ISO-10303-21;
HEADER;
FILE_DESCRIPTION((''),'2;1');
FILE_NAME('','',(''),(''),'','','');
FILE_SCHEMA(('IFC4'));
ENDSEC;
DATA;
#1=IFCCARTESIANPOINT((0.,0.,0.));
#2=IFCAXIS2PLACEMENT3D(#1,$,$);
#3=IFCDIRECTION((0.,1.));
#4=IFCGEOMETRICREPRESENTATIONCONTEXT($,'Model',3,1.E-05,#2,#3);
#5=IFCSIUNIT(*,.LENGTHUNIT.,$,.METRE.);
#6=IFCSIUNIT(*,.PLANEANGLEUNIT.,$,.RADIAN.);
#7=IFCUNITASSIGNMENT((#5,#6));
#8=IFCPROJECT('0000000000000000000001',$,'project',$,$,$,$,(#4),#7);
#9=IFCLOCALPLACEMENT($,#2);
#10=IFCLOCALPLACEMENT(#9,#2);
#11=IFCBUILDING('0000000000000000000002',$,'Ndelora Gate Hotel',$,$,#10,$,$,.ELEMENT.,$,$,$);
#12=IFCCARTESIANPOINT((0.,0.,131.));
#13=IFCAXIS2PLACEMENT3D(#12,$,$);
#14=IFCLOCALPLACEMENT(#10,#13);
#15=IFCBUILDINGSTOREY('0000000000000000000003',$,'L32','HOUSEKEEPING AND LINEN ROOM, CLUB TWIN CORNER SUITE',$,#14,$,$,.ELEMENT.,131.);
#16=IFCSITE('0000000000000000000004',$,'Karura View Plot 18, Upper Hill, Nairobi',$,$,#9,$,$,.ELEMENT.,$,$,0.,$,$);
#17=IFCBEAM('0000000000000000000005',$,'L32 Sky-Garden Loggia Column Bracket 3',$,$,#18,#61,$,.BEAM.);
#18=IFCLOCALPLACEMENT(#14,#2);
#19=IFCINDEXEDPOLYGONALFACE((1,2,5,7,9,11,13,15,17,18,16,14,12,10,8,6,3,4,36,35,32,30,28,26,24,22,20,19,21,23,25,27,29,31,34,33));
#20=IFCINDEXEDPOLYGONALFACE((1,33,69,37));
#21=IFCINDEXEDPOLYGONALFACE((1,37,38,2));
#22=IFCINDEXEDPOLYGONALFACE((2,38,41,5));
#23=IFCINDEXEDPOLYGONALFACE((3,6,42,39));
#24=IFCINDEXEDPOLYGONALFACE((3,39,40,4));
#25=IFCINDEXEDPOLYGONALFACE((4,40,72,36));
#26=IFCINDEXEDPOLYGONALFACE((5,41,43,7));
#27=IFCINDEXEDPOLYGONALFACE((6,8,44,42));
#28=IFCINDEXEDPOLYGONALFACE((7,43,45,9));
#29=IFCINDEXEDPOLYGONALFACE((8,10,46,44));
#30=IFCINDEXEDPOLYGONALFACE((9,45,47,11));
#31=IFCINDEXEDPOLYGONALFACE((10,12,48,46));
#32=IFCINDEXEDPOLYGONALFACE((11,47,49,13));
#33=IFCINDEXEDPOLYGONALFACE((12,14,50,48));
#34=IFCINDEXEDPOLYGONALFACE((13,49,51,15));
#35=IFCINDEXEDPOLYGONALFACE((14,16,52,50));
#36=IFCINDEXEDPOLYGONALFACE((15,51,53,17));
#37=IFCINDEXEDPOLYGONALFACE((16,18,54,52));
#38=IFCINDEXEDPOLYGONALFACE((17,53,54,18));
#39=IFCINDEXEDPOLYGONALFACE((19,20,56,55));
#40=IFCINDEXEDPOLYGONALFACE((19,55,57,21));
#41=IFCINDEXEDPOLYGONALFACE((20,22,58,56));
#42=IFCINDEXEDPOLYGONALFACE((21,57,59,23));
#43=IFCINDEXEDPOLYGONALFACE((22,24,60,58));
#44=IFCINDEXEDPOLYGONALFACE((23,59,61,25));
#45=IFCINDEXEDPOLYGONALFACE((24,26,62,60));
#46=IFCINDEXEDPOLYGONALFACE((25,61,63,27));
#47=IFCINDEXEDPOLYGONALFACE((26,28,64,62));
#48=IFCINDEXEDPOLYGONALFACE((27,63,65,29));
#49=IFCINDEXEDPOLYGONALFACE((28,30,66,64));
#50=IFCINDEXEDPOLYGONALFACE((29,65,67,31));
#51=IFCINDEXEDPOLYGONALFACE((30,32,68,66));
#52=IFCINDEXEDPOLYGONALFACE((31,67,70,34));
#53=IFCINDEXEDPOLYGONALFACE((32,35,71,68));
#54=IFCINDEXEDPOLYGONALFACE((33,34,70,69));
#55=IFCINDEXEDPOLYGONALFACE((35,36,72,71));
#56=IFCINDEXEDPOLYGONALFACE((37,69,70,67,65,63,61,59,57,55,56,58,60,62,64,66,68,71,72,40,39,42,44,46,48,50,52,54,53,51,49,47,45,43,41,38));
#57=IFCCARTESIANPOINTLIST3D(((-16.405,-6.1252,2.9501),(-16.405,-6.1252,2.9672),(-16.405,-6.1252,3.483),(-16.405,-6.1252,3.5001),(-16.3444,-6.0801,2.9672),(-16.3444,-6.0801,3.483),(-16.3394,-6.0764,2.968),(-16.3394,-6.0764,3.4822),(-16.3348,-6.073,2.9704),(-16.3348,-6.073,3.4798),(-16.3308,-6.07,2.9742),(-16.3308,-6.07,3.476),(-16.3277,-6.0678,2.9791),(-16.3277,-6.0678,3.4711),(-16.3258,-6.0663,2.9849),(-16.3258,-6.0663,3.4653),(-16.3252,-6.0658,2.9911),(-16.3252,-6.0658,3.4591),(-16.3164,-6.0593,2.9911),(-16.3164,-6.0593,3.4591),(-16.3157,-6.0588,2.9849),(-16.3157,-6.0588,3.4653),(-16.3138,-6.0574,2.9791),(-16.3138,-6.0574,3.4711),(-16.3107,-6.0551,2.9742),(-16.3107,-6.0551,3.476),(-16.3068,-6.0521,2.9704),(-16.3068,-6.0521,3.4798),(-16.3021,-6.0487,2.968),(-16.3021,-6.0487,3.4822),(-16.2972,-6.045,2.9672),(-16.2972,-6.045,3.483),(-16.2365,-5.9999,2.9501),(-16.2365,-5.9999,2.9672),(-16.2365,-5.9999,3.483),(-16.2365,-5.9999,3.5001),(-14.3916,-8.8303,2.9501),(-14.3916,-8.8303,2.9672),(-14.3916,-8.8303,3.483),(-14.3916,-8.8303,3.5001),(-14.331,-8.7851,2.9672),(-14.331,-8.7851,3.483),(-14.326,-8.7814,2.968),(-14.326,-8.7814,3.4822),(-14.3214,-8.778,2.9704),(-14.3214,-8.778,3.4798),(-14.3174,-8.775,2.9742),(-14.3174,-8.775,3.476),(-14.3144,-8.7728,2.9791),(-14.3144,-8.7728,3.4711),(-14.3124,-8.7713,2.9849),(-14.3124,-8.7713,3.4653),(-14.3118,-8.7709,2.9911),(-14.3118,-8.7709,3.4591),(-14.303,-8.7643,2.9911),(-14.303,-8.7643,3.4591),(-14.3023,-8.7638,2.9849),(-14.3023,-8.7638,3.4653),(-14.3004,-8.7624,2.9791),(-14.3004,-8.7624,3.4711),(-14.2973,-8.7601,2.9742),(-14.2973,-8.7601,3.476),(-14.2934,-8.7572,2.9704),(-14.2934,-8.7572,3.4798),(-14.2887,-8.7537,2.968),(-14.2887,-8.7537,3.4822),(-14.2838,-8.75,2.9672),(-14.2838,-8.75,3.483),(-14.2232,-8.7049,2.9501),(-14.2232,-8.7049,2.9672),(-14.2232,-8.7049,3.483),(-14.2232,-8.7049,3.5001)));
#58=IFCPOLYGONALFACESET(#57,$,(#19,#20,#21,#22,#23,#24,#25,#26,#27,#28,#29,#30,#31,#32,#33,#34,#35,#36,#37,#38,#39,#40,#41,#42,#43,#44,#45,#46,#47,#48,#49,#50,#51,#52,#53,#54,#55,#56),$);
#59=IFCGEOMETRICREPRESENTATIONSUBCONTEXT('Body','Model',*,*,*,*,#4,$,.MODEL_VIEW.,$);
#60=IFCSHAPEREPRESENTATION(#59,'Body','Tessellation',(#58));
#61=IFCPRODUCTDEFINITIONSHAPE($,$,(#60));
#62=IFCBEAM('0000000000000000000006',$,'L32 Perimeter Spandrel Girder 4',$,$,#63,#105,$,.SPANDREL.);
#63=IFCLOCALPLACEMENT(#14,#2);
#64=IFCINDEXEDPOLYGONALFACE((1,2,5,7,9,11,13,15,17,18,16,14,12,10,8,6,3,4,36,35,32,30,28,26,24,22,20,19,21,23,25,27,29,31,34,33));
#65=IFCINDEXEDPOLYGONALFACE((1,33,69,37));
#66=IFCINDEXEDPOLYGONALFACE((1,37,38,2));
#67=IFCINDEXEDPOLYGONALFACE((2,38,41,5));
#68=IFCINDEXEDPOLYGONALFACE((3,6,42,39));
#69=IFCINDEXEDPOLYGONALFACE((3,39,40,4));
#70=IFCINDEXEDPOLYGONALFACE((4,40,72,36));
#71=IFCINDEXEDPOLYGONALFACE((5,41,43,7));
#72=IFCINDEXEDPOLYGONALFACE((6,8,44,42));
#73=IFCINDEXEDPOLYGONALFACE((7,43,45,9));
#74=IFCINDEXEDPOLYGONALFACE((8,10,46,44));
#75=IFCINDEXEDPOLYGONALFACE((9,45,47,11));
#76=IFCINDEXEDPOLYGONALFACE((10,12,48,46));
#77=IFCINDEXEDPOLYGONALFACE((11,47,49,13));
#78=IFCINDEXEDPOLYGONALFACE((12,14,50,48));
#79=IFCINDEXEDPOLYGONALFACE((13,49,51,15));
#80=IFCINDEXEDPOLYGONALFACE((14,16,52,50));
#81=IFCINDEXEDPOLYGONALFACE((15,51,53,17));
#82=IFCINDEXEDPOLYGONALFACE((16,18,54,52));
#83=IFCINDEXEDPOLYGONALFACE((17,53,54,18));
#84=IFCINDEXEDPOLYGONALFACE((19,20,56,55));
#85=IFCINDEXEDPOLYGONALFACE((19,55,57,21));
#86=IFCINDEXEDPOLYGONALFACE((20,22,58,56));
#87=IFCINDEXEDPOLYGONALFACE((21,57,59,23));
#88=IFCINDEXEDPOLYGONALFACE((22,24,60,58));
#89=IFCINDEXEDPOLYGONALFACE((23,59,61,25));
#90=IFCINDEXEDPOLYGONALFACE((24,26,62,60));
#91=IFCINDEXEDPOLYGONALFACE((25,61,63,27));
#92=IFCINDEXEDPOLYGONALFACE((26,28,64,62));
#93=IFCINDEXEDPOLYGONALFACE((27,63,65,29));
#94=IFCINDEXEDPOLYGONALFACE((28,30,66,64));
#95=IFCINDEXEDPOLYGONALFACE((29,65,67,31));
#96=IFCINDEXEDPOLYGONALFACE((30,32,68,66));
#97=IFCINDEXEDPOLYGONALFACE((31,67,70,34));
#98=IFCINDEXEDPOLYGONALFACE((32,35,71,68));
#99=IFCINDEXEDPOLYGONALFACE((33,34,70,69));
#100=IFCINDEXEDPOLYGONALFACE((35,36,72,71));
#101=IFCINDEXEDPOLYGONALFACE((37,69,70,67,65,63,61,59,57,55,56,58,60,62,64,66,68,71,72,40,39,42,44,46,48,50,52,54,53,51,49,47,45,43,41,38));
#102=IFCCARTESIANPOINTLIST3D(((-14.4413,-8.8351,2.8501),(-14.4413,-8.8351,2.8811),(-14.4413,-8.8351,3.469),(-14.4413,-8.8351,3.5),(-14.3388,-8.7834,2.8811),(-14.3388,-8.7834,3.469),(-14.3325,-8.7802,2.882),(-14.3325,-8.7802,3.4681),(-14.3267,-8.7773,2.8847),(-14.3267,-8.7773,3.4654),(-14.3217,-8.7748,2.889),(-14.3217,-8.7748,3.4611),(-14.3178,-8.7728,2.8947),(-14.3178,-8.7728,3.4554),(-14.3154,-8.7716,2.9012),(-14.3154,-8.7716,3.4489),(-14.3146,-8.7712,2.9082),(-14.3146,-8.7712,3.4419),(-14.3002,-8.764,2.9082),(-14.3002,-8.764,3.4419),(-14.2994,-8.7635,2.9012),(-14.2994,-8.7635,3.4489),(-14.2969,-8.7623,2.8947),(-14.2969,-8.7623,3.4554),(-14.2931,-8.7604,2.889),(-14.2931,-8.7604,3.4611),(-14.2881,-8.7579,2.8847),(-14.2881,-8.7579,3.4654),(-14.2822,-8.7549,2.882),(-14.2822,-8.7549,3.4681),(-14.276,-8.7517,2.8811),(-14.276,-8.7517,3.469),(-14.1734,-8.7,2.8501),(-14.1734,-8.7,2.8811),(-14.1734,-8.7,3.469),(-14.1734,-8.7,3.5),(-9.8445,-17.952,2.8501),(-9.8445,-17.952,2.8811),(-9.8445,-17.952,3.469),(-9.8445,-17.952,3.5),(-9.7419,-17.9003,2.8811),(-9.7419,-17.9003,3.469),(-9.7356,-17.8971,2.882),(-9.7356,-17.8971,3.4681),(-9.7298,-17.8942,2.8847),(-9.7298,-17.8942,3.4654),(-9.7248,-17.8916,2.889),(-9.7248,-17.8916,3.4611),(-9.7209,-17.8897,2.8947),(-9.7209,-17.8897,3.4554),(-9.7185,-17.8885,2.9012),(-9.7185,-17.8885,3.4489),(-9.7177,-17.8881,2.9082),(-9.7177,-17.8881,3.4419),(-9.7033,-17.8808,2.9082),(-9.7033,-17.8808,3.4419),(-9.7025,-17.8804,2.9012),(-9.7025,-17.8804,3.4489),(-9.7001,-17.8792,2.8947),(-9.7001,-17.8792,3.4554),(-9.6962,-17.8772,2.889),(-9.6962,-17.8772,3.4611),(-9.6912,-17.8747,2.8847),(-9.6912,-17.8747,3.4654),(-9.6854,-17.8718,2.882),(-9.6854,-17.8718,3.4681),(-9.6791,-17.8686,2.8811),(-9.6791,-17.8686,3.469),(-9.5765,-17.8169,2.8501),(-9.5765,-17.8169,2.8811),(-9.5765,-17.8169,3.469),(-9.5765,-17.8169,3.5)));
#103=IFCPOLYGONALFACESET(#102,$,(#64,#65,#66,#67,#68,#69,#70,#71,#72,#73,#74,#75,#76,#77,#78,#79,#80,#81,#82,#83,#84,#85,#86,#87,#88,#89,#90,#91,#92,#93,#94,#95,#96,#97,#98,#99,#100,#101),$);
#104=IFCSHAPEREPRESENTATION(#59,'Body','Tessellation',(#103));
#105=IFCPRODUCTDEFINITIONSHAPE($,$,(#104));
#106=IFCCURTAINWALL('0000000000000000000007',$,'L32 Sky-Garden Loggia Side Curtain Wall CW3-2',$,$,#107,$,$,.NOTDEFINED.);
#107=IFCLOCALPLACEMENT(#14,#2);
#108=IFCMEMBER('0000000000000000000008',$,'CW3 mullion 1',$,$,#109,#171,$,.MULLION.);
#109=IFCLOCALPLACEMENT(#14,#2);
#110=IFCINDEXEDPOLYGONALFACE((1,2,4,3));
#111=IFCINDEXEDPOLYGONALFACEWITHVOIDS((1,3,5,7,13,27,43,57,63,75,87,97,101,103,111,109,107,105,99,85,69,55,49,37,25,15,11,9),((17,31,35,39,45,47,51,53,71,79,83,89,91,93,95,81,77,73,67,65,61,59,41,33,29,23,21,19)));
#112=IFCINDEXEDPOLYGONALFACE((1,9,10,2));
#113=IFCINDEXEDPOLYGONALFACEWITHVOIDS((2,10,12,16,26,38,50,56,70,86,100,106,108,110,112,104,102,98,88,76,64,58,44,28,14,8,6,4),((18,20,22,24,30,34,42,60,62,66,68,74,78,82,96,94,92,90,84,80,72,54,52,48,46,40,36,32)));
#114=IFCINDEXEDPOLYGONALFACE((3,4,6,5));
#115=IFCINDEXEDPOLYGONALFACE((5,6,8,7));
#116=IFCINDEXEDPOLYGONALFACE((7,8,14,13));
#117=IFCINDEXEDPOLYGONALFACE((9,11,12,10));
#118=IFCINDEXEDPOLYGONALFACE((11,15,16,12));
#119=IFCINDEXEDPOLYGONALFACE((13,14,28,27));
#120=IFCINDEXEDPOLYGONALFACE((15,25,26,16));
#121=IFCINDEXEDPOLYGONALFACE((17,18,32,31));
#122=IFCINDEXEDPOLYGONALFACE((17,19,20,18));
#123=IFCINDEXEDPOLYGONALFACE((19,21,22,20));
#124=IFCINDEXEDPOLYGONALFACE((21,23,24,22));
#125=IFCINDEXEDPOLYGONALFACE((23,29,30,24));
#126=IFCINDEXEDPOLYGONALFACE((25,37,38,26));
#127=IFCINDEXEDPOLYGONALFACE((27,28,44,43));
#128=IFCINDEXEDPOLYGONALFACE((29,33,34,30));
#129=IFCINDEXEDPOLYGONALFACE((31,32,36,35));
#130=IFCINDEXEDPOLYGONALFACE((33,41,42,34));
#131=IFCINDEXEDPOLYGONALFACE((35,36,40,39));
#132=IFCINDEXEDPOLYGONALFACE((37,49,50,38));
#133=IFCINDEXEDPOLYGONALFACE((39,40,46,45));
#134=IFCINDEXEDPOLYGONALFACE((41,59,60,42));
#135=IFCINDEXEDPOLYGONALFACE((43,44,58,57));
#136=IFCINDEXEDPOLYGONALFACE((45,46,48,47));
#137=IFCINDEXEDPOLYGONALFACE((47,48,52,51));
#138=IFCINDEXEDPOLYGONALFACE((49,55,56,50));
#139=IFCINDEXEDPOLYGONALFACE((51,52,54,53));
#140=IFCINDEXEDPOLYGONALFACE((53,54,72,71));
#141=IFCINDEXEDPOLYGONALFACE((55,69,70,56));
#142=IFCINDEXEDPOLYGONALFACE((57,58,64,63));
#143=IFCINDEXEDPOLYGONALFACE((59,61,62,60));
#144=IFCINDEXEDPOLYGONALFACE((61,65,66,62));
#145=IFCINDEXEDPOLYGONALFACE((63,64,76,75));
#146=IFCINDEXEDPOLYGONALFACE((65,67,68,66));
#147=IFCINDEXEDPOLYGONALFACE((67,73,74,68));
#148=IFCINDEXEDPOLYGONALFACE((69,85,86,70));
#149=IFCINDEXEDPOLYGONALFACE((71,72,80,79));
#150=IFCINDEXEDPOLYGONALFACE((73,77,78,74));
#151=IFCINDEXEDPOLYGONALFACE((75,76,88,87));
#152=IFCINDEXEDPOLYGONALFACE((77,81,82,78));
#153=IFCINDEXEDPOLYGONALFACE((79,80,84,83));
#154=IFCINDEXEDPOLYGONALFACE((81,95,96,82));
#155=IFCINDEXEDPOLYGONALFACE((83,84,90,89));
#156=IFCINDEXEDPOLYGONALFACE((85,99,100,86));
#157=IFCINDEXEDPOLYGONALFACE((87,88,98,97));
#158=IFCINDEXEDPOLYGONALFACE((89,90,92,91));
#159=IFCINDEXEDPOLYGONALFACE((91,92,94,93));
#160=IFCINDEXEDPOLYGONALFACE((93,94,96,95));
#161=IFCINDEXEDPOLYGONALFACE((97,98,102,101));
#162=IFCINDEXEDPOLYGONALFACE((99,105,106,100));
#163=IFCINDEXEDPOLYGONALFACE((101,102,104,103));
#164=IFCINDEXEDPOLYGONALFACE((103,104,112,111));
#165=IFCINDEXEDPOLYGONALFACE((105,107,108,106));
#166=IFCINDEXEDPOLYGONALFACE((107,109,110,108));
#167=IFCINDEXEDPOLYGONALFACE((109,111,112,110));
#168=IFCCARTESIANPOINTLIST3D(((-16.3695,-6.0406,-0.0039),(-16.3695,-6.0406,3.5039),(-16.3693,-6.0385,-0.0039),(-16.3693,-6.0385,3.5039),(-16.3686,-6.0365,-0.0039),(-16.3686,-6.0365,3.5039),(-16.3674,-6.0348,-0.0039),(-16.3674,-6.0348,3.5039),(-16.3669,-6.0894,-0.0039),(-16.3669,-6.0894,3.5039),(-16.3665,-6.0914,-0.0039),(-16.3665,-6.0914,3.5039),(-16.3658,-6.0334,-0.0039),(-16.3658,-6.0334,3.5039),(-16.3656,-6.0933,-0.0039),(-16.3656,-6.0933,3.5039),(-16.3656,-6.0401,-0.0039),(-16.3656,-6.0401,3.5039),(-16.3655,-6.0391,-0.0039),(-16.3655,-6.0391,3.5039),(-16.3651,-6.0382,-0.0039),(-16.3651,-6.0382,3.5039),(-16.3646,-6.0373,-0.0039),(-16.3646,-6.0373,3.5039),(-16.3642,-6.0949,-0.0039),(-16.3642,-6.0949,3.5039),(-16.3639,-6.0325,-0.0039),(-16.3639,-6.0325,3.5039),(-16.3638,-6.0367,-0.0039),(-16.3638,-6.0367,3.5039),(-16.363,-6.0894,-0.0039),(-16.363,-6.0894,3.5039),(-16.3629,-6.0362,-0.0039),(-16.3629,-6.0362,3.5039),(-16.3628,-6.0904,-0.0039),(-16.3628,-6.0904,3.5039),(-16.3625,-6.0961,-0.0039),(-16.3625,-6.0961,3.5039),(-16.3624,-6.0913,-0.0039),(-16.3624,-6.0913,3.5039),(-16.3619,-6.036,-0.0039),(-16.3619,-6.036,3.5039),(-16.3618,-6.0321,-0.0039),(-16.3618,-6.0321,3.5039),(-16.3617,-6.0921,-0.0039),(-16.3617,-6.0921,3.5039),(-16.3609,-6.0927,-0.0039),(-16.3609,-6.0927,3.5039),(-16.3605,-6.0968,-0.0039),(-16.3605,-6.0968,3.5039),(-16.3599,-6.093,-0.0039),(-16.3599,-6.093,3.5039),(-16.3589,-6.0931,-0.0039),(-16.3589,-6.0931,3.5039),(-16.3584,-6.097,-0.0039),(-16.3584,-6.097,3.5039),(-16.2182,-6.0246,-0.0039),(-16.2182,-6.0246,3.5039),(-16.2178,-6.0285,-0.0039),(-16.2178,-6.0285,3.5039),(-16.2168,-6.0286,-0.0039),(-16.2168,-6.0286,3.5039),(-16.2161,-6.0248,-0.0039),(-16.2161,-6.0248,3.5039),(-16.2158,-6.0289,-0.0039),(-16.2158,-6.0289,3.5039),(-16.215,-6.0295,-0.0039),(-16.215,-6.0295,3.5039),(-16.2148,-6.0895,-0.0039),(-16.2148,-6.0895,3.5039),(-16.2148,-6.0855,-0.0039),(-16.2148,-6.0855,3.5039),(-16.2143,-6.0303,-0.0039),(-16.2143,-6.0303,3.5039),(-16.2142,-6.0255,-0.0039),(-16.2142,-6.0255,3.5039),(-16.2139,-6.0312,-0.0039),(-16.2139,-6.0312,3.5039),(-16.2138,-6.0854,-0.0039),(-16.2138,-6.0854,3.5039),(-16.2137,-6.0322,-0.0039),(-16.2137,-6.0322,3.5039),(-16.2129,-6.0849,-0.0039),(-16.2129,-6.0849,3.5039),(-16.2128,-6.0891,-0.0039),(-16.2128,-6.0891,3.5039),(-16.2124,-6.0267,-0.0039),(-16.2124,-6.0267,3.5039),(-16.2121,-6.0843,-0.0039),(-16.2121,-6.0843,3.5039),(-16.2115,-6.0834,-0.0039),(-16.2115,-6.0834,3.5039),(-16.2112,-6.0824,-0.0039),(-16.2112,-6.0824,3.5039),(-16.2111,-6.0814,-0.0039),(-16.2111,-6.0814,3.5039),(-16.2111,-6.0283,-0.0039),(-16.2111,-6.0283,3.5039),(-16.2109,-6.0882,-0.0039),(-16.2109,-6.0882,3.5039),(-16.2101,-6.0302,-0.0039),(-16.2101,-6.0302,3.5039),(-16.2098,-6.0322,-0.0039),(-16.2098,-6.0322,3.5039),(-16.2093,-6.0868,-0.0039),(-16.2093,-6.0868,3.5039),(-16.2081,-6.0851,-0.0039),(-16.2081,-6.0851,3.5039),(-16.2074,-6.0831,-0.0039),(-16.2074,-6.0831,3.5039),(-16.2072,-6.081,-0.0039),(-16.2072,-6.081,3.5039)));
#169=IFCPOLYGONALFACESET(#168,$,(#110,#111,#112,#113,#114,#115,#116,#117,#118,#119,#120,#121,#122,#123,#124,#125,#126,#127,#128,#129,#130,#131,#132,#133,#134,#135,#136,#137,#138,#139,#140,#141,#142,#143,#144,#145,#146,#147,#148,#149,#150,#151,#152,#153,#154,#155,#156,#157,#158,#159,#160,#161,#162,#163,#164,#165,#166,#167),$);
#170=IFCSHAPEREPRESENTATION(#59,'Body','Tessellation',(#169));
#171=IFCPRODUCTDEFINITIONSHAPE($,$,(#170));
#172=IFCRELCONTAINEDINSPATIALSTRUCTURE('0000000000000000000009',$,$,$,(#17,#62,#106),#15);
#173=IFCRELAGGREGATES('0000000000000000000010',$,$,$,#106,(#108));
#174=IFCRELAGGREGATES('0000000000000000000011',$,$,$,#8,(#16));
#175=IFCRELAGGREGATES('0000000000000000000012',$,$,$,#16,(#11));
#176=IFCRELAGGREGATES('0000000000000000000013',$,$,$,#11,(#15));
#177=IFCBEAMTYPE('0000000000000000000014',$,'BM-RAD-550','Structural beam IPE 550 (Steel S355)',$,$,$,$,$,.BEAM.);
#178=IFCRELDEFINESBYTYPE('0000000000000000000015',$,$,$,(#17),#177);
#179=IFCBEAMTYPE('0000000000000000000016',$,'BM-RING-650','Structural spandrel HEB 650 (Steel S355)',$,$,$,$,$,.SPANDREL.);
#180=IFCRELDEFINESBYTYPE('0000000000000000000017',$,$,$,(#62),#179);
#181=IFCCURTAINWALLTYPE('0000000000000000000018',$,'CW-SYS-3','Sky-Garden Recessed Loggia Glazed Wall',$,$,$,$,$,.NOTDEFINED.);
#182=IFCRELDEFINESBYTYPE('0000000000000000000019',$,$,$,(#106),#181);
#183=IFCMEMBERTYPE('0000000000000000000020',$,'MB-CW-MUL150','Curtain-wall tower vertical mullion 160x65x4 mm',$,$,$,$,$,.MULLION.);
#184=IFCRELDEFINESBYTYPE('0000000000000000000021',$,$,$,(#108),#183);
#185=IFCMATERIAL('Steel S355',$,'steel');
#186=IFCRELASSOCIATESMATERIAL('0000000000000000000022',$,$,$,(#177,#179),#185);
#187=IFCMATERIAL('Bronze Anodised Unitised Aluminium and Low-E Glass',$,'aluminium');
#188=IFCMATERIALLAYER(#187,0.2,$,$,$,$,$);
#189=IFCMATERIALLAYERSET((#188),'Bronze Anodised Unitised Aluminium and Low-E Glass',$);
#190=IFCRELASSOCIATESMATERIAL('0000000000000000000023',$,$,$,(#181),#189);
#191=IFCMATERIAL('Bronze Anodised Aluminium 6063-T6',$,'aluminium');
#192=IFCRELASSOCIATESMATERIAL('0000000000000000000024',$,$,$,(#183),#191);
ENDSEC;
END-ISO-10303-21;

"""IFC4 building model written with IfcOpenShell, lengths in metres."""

from ifc_helpers import new_model, si_unit, direction, frame, origin, origin_2d, place, context, subcontext, project, spatial, hollow_rectangle, i_section, extrude, material, layer, layer_set, material_profile, profile_set, type_object, element, aggregate, save


model = new_model("IFC4")

# Units and contexts
model_context = context("Model", 3, precision=1e-05, world=origin(), true_north=direction((0.0, 1.0)))
body_context = subcontext(model_context, "Body", "Model", "MODEL_VIEW")
ifc_project = project(units=[si_unit("LENGTHUNIT", "METRE"), si_unit("PLANEANGLEUNIT", "RADIAN")], contexts=[model_context])

# Site, building, storey
site_placement = place(None, origin())
site = spatial("IfcSite", under=ifc_project, at=site_placement, Name="Karura View Plot 18, Upper Hill, Nairobi", CompositionType="ELEMENT", RefElevation=0.0)
building_placement = place(site_placement, origin())
building = spatial("IfcBuilding", under=site, at=building_placement, Name="Ndelora Gate Hotel", CompositionType="ELEMENT")
storey_placement = place(building_placement, frame((0.0, 0.0, 131.0)))
storey = spatial("IfcBuildingStorey", under=building, at=storey_placement, Name="L32", Description="HOUSEKEEPING AND LINEN ROOM, CLUB TWIN CORNER SUITE", CompositionType="ELEMENT", Elevation=131.0)

# Beams
ifc_material_1 = material(Name="Steel S355", Category="steel")
ifc_material_profile_1 = material_profile(ifc_material_1, i_section(OverallWidth=0.21, OverallDepth=0.55, WebThickness=0.011, FlangeThickness=0.0171, FilletRadius=0.0239, at=origin_2d()), Name="IPE 550")
ifc_profile_set_1 = profile_set([ifc_material_profile_1], Name="Steel S355")
beam_type_1 = type_object("IfcBeamType", Name="BM-RAD-550", Description="Structural beam IPE 550 (Steel S355)", PredefinedType="BEAM", material=ifc_profile_set_1)
beam_1_placement = place(storey_placement, frame((-14.3074, -8.7676, 3.2251), z_axis=(-0.597077, 0.802184, 0.0), x_axis=(-0.802184, -0.597077, 0.0)))
element("IfcBeam", 1, at=beam_1_placement, inside=storey, type_object=beam_type_1, Name="L32 Sky-Garden Loggia Column Bracket 3", PredefinedType="BEAM", context=body_context, shape_type="SweptSolid", body=[
    extrude(i_section(OverallWidth=0.21, OverallDepth=0.55, WebThickness=0.011, FlangeThickness=0.0171, FilletRadius=0.0239, at=origin_2d()), origin(), (0.0, 0.0, 1.0), 3.3721),
])
ifc_material_profile_2 = material_profile(ifc_material_1, i_section(OverallWidth=0.3, OverallDepth=0.6499, WebThickness=0.0161, FlangeThickness=0.031, FilletRadius=0.0271, at=origin_2d()), Name="HEB 650")
ifc_profile_set_2 = profile_set([ifc_material_profile_2], Name="Steel S355")
beam_type_2 = type_object("IfcBeamType", Name="BM-RING-650", Description="Structural spandrel HEB 650 (Steel S355)", PredefinedType="SPANDREL", material=ifc_profile_set_2)
beam_2_placement = place(storey_placement, frame((-14.3074, -8.7676, 3.175), z_axis=(0.450224, -0.892916, 0.0), x_axis=(0.892916, 0.450224, 0.0)))
element("IfcBeam", 2, at=beam_2_placement, inside=storey, type_object=beam_type_2, Name="L32 Perimeter Spandrel Girder 4", PredefinedType="SPANDREL", context=body_context, shape_type="SweptSolid", body=[
    extrude(i_section(OverallWidth=0.3, OverallDepth=0.6499, WebThickness=0.0161, FlangeThickness=0.031, FilletRadius=0.0271, at=origin_2d()), origin(), (0.0, 0.0, 1.0), 10.2102),
])

# Curtain wall, member
ifc_material_2 = material(Name="Bronze Anodised Unitised Aluminium and Low-E Glass", Category="aluminium")
ifc_layer_1 = layer(ifc_material_2, 0.2)
ifc_layer_set_1 = layer_set([ifc_layer_1], Name="Bronze Anodised Unitised Aluminium and Low-E Glass")
curtain_wall_type = type_object("IfcCurtainWallType", Name="CW-SYS-3", Description="Sky-Garden Recessed Loggia Glazed Wall", PredefinedType="NOTDEFINED", material=ifc_layer_set_1)
curtain_wall_placement = place(storey_placement, origin())
curtain_wall = element("IfcCurtainWall", 3, at=curtain_wall_placement, inside=storey, type_object=curtain_wall_type, Name="L32 Sky-Garden Loggia Side Curtain Wall CW3-2", PredefinedType="NOTDEFINED")
ifc_material_3 = material(Name="Bronze Anodised Aluminium 6063-T6", Category="aluminium")
ifc_material_profile_3 = material_profile(ifc_material_3, hollow_rectangle(XDim=0.0649, YDim=0.1599, WallThickness=0.0039, InnerFilletRadius=0.0039, OuterFilletRadius=0.0081, at=origin_2d()), Name="ALU 160x65x4")
ifc_profile_set_3 = profile_set([ifc_material_profile_3], Name="Bronze Anodised Aluminium 6063-T6")
member_type_1 = type_object("IfcMemberType", Name="MB-CW-MUL150", Description="Curtain-wall tower vertical mullion 160x65x4 mm", PredefinedType="MULLION", material=ifc_profile_set_3)
member_1_placement = place(storey_placement, frame((-16.2883, -6.0608, -0.0039), z_axis=(0.0, 0.0, 1.0), x_axis=(-0.052363, 0.998628, 0.0)))
member_1 = element("IfcMember", 4, at=member_1_placement, type_object=member_type_1, Name="CW3 mullion 1", PredefinedType="MULLION", context=body_context, shape_type="SweptSolid", body=[
    extrude(hollow_rectangle(XDim=0.0649, YDim=0.1599, WallThickness=0.0039, InnerFilletRadius=0.0039, OuterFilletRadius=0.0081, at=origin_2d()), origin(), (0.0, 0.0, 1.0), 3.5078),
])
aggregate(curtain_wall, [member_1])

save(model, "model.ifc")
